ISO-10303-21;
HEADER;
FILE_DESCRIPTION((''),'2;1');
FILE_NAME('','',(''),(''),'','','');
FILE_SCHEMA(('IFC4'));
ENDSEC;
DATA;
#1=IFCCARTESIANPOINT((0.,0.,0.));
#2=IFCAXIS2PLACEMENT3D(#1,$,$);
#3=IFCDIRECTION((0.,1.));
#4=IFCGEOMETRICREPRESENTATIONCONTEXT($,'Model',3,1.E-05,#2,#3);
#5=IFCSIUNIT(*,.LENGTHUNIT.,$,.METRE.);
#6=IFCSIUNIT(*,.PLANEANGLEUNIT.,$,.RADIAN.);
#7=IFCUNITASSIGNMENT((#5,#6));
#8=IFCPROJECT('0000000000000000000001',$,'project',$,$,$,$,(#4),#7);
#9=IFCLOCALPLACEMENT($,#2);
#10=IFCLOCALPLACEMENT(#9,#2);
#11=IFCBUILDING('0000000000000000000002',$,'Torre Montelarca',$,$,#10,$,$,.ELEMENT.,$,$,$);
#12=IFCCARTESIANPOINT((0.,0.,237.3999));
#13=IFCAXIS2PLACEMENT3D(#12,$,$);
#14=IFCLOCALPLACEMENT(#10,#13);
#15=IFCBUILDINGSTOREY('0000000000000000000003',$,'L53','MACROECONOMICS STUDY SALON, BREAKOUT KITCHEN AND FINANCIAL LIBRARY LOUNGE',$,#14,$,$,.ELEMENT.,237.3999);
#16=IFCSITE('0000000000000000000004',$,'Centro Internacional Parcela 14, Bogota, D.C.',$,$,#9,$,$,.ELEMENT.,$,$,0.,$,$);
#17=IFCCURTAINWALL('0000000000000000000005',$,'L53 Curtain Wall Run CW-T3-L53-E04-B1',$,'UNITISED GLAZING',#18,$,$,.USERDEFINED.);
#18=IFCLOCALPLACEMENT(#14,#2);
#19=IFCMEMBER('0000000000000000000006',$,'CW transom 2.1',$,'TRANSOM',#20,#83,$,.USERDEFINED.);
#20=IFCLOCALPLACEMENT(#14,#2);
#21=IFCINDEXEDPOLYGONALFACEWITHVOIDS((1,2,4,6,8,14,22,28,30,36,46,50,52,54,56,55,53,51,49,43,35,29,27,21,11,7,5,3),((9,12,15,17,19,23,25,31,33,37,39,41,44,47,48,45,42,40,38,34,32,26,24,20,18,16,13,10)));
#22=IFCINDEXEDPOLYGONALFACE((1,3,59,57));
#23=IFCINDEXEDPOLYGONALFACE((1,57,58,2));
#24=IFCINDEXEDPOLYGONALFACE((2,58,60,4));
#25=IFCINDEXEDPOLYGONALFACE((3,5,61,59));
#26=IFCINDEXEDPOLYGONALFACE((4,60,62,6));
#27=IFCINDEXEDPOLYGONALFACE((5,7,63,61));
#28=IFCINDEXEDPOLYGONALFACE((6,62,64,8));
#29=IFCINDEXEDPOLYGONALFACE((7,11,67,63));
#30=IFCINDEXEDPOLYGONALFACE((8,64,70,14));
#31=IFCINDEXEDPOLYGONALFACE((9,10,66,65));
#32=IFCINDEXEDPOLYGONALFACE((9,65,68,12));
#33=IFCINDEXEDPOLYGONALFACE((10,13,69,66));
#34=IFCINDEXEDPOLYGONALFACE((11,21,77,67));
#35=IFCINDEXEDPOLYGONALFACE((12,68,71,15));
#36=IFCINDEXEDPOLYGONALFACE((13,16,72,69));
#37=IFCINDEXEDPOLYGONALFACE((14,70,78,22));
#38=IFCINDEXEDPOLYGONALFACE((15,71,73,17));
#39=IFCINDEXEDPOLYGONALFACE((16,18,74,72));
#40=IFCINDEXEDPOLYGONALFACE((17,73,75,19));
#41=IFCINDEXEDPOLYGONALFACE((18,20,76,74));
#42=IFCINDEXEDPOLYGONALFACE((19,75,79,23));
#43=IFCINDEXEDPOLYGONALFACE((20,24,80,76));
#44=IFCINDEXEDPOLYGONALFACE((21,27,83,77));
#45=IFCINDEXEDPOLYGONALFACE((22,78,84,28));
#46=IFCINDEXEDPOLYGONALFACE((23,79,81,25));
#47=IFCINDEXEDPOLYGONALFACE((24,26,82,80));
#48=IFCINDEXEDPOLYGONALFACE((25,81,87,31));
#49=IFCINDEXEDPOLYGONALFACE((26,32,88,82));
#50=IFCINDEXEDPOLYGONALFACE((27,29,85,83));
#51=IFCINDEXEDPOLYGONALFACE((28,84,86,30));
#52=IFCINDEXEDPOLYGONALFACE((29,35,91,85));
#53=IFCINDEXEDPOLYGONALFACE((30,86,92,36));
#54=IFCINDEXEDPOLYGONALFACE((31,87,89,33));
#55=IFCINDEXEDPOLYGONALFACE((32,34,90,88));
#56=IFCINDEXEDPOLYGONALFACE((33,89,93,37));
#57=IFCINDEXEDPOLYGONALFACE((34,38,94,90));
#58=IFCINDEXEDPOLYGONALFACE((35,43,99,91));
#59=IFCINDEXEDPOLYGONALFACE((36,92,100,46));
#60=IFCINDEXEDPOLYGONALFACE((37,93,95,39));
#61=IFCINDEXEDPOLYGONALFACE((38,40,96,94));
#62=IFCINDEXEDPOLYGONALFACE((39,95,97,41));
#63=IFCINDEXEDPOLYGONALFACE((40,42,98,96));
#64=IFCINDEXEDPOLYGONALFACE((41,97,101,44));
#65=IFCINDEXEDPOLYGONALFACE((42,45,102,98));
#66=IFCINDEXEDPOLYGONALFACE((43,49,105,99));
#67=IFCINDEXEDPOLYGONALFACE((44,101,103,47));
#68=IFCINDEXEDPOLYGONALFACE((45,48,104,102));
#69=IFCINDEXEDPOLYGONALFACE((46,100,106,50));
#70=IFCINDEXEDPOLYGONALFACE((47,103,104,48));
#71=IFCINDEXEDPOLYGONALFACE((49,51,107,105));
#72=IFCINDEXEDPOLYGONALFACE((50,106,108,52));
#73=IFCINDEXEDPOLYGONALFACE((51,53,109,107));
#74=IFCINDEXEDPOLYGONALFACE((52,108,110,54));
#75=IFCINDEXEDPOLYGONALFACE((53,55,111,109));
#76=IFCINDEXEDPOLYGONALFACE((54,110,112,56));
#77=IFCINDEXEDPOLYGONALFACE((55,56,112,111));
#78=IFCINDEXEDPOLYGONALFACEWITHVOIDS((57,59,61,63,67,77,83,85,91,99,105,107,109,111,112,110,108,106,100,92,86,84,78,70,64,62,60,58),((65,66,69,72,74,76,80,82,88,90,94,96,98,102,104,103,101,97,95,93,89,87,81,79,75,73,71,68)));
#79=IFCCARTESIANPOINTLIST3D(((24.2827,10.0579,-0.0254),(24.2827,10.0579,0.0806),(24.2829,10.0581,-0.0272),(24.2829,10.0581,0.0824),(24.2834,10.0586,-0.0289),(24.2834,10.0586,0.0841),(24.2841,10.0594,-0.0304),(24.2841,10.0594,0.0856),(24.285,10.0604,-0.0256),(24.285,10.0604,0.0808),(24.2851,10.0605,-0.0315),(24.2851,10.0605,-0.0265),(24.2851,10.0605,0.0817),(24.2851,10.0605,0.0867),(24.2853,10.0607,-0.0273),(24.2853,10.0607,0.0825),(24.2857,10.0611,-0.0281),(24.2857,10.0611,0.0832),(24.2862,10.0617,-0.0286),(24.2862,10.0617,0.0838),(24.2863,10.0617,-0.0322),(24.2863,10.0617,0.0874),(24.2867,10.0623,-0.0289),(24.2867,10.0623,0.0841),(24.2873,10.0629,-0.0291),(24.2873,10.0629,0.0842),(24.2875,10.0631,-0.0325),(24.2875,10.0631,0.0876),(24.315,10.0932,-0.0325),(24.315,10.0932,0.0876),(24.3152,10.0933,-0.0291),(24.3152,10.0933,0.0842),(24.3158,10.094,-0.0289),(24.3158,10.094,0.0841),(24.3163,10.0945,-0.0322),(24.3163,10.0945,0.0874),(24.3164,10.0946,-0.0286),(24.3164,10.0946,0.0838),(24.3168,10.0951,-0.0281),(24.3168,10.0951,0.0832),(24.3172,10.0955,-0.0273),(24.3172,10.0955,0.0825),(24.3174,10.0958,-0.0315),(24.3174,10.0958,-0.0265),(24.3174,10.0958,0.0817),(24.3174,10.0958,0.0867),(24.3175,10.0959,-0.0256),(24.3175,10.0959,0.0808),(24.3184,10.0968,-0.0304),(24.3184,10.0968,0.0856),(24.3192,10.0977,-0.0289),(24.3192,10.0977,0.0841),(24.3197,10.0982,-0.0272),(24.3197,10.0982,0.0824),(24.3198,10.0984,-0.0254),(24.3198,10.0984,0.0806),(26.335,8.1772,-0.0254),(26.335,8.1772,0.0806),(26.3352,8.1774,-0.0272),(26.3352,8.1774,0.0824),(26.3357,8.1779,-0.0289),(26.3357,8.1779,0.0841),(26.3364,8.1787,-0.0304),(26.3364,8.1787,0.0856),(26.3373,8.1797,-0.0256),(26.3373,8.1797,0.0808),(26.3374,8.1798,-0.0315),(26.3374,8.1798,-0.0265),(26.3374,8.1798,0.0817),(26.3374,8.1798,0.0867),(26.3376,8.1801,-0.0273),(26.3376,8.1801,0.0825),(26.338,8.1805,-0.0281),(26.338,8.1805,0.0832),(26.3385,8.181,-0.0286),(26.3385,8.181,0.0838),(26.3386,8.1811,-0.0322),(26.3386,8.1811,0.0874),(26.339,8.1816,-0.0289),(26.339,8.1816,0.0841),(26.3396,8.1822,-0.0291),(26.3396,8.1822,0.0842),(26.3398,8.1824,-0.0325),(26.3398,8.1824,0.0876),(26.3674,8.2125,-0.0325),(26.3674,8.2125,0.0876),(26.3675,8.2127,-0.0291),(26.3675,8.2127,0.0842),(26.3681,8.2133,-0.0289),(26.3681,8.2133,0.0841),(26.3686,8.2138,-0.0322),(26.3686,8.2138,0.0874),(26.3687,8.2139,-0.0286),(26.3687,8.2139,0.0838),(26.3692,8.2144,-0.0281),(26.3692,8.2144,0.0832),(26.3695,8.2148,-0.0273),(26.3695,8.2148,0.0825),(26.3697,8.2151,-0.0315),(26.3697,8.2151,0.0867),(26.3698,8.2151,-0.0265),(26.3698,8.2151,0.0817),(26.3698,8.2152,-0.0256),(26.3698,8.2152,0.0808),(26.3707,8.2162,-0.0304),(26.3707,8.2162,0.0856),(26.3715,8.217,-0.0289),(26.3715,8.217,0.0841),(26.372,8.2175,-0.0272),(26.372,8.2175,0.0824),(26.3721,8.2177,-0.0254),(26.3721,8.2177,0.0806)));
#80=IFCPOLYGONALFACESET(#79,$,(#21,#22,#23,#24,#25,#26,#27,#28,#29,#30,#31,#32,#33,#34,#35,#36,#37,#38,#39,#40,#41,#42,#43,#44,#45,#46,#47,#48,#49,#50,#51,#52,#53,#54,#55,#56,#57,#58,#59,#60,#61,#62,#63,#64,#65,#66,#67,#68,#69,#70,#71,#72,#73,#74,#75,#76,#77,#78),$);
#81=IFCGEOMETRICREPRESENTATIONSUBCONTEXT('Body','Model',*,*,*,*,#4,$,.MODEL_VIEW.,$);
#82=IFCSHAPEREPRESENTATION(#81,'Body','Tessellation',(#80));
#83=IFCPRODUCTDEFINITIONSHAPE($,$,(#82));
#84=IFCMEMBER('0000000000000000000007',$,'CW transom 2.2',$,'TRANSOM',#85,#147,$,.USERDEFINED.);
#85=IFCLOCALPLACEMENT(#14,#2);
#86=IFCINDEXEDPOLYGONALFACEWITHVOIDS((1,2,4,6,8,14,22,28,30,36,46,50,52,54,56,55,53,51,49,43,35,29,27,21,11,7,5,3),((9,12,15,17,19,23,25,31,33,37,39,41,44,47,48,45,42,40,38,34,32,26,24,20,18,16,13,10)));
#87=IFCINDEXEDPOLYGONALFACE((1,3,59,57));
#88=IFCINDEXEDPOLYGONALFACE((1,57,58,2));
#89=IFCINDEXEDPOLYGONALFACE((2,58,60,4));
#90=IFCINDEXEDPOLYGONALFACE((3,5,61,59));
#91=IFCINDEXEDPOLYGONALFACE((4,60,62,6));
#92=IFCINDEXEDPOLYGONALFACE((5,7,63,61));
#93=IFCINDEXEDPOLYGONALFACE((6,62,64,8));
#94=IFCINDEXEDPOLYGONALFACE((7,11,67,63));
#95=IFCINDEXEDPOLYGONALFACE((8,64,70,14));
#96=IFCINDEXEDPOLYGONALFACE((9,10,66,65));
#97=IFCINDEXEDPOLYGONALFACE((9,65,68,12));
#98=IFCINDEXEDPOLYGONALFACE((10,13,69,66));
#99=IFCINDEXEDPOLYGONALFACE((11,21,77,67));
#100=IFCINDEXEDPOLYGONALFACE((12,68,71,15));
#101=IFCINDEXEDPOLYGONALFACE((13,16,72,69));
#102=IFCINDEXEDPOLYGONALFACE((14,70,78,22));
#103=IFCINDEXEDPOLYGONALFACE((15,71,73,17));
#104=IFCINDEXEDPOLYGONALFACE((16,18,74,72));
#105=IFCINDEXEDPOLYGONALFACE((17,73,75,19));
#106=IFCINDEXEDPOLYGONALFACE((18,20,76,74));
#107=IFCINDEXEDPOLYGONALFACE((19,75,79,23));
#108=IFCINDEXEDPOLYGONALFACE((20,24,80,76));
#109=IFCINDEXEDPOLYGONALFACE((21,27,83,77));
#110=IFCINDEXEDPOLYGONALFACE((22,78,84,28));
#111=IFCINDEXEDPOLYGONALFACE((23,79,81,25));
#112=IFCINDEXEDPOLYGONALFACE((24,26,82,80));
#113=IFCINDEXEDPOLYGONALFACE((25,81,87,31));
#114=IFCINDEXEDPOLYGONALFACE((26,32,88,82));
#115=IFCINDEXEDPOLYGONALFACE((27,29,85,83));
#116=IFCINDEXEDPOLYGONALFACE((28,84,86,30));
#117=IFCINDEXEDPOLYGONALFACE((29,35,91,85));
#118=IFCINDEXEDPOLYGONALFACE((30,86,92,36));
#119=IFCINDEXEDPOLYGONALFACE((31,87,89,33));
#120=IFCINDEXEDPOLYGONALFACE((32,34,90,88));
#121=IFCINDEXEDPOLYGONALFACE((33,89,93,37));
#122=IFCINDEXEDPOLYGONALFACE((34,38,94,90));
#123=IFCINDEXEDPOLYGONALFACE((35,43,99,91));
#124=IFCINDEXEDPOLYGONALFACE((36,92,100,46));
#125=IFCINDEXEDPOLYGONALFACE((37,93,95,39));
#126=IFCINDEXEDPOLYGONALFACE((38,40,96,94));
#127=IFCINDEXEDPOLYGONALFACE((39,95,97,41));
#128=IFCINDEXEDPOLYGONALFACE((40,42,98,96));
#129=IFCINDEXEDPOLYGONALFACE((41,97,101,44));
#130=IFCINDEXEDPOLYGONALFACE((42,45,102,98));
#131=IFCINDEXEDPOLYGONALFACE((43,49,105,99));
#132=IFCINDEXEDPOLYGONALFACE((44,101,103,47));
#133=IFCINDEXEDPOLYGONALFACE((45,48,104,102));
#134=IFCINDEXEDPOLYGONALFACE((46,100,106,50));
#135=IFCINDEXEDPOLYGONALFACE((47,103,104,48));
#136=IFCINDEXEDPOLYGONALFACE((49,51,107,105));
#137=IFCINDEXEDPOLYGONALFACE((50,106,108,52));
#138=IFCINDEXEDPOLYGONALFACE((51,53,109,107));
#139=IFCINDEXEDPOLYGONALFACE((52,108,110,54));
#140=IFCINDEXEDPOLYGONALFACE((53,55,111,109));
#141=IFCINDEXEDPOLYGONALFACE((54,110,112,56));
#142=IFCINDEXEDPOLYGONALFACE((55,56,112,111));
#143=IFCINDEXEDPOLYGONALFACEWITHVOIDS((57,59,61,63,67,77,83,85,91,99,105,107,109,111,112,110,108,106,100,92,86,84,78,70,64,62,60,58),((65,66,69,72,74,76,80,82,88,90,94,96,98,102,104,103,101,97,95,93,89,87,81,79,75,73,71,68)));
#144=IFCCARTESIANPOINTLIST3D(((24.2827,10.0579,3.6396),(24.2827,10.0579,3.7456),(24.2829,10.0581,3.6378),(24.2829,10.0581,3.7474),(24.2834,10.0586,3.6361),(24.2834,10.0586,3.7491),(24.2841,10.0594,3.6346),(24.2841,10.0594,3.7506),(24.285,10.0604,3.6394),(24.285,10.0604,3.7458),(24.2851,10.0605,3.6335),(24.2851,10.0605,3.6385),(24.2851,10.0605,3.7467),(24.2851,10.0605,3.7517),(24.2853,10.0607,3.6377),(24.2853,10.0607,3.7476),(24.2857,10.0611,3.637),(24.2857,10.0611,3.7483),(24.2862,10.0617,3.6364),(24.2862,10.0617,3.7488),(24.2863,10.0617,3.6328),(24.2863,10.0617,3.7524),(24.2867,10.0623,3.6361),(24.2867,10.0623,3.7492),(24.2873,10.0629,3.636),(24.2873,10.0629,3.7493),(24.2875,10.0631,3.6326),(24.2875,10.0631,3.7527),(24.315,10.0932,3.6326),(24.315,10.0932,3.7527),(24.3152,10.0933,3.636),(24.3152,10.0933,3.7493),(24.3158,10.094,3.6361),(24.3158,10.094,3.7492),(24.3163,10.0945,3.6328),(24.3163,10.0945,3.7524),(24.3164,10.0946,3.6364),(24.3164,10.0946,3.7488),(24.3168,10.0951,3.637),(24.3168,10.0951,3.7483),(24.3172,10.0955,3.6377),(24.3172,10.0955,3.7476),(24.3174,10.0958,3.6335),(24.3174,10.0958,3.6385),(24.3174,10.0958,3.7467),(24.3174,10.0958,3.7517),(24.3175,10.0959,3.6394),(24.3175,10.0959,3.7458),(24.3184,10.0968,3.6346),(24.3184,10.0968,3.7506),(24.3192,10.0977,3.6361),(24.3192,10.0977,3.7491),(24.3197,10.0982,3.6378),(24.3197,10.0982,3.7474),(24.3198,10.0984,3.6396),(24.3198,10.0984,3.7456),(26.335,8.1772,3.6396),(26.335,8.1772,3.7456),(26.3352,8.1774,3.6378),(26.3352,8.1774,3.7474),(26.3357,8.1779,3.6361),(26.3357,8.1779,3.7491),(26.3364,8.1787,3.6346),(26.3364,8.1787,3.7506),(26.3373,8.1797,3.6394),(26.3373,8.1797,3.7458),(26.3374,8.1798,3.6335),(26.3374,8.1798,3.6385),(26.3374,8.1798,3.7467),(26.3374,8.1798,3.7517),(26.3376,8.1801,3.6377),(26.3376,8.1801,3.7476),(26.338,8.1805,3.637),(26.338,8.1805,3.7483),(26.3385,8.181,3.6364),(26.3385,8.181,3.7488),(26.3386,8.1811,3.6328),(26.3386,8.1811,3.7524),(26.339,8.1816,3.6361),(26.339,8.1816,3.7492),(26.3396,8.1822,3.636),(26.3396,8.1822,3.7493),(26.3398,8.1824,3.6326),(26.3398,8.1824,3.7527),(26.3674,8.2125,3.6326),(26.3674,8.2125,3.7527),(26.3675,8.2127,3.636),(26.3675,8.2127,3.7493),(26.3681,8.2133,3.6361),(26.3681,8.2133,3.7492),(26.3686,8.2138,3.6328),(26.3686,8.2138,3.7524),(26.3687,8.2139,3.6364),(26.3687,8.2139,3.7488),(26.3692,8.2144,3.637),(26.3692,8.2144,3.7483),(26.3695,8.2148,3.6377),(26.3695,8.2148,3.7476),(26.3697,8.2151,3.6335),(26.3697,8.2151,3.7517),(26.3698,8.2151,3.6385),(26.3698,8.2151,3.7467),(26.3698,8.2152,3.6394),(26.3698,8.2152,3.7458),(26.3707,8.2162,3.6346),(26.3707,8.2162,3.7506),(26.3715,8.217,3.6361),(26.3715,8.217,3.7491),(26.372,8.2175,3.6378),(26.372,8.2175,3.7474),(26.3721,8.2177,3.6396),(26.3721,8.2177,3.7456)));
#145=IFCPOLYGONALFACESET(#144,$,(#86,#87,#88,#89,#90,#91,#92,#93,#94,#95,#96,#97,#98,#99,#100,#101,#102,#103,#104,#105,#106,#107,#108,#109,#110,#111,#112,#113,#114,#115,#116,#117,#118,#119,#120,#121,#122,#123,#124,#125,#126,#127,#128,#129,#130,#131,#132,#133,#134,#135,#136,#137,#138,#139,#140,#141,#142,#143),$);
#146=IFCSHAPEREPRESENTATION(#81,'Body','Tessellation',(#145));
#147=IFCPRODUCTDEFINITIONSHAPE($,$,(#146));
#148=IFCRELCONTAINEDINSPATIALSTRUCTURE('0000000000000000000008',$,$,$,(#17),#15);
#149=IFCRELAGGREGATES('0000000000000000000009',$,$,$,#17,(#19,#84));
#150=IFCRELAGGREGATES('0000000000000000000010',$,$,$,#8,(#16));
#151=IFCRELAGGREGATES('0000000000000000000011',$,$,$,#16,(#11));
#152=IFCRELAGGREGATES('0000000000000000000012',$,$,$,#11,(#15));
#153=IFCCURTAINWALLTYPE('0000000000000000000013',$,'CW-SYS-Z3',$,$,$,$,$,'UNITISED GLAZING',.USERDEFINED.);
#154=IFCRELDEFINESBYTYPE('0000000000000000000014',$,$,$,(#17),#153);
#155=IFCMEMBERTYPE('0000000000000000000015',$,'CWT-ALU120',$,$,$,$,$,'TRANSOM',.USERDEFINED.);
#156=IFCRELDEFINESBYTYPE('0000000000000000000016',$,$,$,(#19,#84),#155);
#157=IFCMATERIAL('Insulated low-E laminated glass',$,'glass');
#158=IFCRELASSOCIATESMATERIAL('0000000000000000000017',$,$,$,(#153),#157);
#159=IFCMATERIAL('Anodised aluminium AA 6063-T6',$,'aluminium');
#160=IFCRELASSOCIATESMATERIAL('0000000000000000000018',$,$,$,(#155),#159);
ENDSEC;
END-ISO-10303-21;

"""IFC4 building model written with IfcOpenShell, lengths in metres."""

from ifc_helpers import new_model, si_unit, direction, frame, origin, origin_2d, place, context, subcontext, project, spatial, hollow_rectangle, extrude, source, transform, mapped, material, material_profile, profile_set, type_object, element, aggregate, save


model = new_model("IFC4")

# Units and contexts
model_context = context("Model", 3, precision=1e-05, world=origin(), true_north=direction((0.0, 1.0)))
body_context = subcontext(model_context, "Body", "Model", "MODEL_VIEW")
ifc_project = project(units=[si_unit("LENGTHUNIT", "METRE"), si_unit("PLANEANGLEUNIT", "RADIAN")], contexts=[model_context])

# Site, building, storey
site_placement = place(None, origin())
site = spatial("IfcSite", under=ifc_project, at=site_placement, Name="Centro Internacional Parcela 14, Bogota, D.C.", CompositionType="ELEMENT", RefElevation=0.0)
building_placement = place(site_placement, origin())
building = spatial("IfcBuilding", under=site, at=building_placement, Name="Torre Montelarca", CompositionType="ELEMENT")
storey_placement = place(building_placement, frame((0.0, 0.0, 237.3999)))
storey = spatial("IfcBuildingStorey", under=building, at=storey_placement, Name="L53", Description="MACROECONOMICS STUDY SALON, BREAKOUT KITCHEN AND FINANCIAL LIBRARY LOUNGE", CompositionType="ELEMENT", Elevation=237.3999)

# Curtain wall, members
ifc_material_1 = material(Name="Insulated low-E laminated glass", Category="glass")
curtain_wall_type = type_object("IfcCurtainWallType", Name="CW-SYS-Z3", ElementType="UNITISED GLAZING", PredefinedType="USERDEFINED", material=ifc_material_1)
ifc_material_2 = material(Name="Anodised aluminium AA 6063-T6", Category="aluminium")
ifc_material_profile_1 = material_profile(ifc_material_2, hollow_rectangle(XDim=0.0549, YDim=0.1201, WallThickness=0.0034, InnerFilletRadius=0.0034, OuterFilletRadius=0.0071, at=origin_2d()), Name="ALU55X120X3.5", Category="aluminium")
ifc_profile_set_1 = profile_set([ifc_material_profile_1], Name="Anodised aluminium AA 6063-T6")
member_type_1 = type_object("IfcMemberType", Name="CWT-ALU120", ElementType="TRANSOM", PredefinedType="USERDEFINED", material=ifc_profile_set_1)
curtain_wall_1_placement = place(storey_placement, origin())
curtain_wall_1 = element("IfcCurtainWall", 1, at=curtain_wall_1_placement, inside=storey, type_object=curtain_wall_type, Name="L53 Curtain Wall Run CW-T3-L53-E04-B1", ObjectType="UNITISED GLAZING", PredefinedType="USERDEFINED")
shared_shape_1 = source(origin(), body_context, "Body", "SweptSolid", [
    extrude(hollow_rectangle(XDim=0.0549, YDim=0.1201, WallThickness=0.0034, InnerFilletRadius=0.0034, OuterFilletRadius=0.0071, at=origin_2d()), origin(), (0.0, 0.0, 1.0), 2.7837),
])
member_1_placement = place(storey_placement, frame((24.3013, 10.0781, 0.0276), z_axis=(0.737263, -0.675605, 0.0), x_axis=(0.675605, 0.737263, 0.0)))
member_1 = element("IfcMember", 2, at=member_1_placement, type_object=member_type_1, Name="CW transom 2.1", ObjectType="TRANSOM", PredefinedType="USERDEFINED", context=body_context, shape_type="MappedRepresentation", body=[
    mapped(shared_shape_1, transform((0.0, 0.0, 0.0), scale=1.0)),
])
member_2_placement = place(storey_placement, frame((24.3013, 10.0781, 3.6926), z_axis=(0.737263, -0.675605, 0.0), x_axis=(0.675605, 0.737263, 0.0)))
member_2 = element("IfcMember", 3, at=member_2_placement, type_object=member_type_1, Name="CW transom 2.2", ObjectType="TRANSOM", PredefinedType="USERDEFINED", context=body_context, shape_type="MappedRepresentation", body=[
    mapped(shared_shape_1, transform((0.0, 0.0, 0.0), scale=1.0)),
])

aggregate(curtain_wall_1, [member_1, member_2])

save(model, "model.ifc")
